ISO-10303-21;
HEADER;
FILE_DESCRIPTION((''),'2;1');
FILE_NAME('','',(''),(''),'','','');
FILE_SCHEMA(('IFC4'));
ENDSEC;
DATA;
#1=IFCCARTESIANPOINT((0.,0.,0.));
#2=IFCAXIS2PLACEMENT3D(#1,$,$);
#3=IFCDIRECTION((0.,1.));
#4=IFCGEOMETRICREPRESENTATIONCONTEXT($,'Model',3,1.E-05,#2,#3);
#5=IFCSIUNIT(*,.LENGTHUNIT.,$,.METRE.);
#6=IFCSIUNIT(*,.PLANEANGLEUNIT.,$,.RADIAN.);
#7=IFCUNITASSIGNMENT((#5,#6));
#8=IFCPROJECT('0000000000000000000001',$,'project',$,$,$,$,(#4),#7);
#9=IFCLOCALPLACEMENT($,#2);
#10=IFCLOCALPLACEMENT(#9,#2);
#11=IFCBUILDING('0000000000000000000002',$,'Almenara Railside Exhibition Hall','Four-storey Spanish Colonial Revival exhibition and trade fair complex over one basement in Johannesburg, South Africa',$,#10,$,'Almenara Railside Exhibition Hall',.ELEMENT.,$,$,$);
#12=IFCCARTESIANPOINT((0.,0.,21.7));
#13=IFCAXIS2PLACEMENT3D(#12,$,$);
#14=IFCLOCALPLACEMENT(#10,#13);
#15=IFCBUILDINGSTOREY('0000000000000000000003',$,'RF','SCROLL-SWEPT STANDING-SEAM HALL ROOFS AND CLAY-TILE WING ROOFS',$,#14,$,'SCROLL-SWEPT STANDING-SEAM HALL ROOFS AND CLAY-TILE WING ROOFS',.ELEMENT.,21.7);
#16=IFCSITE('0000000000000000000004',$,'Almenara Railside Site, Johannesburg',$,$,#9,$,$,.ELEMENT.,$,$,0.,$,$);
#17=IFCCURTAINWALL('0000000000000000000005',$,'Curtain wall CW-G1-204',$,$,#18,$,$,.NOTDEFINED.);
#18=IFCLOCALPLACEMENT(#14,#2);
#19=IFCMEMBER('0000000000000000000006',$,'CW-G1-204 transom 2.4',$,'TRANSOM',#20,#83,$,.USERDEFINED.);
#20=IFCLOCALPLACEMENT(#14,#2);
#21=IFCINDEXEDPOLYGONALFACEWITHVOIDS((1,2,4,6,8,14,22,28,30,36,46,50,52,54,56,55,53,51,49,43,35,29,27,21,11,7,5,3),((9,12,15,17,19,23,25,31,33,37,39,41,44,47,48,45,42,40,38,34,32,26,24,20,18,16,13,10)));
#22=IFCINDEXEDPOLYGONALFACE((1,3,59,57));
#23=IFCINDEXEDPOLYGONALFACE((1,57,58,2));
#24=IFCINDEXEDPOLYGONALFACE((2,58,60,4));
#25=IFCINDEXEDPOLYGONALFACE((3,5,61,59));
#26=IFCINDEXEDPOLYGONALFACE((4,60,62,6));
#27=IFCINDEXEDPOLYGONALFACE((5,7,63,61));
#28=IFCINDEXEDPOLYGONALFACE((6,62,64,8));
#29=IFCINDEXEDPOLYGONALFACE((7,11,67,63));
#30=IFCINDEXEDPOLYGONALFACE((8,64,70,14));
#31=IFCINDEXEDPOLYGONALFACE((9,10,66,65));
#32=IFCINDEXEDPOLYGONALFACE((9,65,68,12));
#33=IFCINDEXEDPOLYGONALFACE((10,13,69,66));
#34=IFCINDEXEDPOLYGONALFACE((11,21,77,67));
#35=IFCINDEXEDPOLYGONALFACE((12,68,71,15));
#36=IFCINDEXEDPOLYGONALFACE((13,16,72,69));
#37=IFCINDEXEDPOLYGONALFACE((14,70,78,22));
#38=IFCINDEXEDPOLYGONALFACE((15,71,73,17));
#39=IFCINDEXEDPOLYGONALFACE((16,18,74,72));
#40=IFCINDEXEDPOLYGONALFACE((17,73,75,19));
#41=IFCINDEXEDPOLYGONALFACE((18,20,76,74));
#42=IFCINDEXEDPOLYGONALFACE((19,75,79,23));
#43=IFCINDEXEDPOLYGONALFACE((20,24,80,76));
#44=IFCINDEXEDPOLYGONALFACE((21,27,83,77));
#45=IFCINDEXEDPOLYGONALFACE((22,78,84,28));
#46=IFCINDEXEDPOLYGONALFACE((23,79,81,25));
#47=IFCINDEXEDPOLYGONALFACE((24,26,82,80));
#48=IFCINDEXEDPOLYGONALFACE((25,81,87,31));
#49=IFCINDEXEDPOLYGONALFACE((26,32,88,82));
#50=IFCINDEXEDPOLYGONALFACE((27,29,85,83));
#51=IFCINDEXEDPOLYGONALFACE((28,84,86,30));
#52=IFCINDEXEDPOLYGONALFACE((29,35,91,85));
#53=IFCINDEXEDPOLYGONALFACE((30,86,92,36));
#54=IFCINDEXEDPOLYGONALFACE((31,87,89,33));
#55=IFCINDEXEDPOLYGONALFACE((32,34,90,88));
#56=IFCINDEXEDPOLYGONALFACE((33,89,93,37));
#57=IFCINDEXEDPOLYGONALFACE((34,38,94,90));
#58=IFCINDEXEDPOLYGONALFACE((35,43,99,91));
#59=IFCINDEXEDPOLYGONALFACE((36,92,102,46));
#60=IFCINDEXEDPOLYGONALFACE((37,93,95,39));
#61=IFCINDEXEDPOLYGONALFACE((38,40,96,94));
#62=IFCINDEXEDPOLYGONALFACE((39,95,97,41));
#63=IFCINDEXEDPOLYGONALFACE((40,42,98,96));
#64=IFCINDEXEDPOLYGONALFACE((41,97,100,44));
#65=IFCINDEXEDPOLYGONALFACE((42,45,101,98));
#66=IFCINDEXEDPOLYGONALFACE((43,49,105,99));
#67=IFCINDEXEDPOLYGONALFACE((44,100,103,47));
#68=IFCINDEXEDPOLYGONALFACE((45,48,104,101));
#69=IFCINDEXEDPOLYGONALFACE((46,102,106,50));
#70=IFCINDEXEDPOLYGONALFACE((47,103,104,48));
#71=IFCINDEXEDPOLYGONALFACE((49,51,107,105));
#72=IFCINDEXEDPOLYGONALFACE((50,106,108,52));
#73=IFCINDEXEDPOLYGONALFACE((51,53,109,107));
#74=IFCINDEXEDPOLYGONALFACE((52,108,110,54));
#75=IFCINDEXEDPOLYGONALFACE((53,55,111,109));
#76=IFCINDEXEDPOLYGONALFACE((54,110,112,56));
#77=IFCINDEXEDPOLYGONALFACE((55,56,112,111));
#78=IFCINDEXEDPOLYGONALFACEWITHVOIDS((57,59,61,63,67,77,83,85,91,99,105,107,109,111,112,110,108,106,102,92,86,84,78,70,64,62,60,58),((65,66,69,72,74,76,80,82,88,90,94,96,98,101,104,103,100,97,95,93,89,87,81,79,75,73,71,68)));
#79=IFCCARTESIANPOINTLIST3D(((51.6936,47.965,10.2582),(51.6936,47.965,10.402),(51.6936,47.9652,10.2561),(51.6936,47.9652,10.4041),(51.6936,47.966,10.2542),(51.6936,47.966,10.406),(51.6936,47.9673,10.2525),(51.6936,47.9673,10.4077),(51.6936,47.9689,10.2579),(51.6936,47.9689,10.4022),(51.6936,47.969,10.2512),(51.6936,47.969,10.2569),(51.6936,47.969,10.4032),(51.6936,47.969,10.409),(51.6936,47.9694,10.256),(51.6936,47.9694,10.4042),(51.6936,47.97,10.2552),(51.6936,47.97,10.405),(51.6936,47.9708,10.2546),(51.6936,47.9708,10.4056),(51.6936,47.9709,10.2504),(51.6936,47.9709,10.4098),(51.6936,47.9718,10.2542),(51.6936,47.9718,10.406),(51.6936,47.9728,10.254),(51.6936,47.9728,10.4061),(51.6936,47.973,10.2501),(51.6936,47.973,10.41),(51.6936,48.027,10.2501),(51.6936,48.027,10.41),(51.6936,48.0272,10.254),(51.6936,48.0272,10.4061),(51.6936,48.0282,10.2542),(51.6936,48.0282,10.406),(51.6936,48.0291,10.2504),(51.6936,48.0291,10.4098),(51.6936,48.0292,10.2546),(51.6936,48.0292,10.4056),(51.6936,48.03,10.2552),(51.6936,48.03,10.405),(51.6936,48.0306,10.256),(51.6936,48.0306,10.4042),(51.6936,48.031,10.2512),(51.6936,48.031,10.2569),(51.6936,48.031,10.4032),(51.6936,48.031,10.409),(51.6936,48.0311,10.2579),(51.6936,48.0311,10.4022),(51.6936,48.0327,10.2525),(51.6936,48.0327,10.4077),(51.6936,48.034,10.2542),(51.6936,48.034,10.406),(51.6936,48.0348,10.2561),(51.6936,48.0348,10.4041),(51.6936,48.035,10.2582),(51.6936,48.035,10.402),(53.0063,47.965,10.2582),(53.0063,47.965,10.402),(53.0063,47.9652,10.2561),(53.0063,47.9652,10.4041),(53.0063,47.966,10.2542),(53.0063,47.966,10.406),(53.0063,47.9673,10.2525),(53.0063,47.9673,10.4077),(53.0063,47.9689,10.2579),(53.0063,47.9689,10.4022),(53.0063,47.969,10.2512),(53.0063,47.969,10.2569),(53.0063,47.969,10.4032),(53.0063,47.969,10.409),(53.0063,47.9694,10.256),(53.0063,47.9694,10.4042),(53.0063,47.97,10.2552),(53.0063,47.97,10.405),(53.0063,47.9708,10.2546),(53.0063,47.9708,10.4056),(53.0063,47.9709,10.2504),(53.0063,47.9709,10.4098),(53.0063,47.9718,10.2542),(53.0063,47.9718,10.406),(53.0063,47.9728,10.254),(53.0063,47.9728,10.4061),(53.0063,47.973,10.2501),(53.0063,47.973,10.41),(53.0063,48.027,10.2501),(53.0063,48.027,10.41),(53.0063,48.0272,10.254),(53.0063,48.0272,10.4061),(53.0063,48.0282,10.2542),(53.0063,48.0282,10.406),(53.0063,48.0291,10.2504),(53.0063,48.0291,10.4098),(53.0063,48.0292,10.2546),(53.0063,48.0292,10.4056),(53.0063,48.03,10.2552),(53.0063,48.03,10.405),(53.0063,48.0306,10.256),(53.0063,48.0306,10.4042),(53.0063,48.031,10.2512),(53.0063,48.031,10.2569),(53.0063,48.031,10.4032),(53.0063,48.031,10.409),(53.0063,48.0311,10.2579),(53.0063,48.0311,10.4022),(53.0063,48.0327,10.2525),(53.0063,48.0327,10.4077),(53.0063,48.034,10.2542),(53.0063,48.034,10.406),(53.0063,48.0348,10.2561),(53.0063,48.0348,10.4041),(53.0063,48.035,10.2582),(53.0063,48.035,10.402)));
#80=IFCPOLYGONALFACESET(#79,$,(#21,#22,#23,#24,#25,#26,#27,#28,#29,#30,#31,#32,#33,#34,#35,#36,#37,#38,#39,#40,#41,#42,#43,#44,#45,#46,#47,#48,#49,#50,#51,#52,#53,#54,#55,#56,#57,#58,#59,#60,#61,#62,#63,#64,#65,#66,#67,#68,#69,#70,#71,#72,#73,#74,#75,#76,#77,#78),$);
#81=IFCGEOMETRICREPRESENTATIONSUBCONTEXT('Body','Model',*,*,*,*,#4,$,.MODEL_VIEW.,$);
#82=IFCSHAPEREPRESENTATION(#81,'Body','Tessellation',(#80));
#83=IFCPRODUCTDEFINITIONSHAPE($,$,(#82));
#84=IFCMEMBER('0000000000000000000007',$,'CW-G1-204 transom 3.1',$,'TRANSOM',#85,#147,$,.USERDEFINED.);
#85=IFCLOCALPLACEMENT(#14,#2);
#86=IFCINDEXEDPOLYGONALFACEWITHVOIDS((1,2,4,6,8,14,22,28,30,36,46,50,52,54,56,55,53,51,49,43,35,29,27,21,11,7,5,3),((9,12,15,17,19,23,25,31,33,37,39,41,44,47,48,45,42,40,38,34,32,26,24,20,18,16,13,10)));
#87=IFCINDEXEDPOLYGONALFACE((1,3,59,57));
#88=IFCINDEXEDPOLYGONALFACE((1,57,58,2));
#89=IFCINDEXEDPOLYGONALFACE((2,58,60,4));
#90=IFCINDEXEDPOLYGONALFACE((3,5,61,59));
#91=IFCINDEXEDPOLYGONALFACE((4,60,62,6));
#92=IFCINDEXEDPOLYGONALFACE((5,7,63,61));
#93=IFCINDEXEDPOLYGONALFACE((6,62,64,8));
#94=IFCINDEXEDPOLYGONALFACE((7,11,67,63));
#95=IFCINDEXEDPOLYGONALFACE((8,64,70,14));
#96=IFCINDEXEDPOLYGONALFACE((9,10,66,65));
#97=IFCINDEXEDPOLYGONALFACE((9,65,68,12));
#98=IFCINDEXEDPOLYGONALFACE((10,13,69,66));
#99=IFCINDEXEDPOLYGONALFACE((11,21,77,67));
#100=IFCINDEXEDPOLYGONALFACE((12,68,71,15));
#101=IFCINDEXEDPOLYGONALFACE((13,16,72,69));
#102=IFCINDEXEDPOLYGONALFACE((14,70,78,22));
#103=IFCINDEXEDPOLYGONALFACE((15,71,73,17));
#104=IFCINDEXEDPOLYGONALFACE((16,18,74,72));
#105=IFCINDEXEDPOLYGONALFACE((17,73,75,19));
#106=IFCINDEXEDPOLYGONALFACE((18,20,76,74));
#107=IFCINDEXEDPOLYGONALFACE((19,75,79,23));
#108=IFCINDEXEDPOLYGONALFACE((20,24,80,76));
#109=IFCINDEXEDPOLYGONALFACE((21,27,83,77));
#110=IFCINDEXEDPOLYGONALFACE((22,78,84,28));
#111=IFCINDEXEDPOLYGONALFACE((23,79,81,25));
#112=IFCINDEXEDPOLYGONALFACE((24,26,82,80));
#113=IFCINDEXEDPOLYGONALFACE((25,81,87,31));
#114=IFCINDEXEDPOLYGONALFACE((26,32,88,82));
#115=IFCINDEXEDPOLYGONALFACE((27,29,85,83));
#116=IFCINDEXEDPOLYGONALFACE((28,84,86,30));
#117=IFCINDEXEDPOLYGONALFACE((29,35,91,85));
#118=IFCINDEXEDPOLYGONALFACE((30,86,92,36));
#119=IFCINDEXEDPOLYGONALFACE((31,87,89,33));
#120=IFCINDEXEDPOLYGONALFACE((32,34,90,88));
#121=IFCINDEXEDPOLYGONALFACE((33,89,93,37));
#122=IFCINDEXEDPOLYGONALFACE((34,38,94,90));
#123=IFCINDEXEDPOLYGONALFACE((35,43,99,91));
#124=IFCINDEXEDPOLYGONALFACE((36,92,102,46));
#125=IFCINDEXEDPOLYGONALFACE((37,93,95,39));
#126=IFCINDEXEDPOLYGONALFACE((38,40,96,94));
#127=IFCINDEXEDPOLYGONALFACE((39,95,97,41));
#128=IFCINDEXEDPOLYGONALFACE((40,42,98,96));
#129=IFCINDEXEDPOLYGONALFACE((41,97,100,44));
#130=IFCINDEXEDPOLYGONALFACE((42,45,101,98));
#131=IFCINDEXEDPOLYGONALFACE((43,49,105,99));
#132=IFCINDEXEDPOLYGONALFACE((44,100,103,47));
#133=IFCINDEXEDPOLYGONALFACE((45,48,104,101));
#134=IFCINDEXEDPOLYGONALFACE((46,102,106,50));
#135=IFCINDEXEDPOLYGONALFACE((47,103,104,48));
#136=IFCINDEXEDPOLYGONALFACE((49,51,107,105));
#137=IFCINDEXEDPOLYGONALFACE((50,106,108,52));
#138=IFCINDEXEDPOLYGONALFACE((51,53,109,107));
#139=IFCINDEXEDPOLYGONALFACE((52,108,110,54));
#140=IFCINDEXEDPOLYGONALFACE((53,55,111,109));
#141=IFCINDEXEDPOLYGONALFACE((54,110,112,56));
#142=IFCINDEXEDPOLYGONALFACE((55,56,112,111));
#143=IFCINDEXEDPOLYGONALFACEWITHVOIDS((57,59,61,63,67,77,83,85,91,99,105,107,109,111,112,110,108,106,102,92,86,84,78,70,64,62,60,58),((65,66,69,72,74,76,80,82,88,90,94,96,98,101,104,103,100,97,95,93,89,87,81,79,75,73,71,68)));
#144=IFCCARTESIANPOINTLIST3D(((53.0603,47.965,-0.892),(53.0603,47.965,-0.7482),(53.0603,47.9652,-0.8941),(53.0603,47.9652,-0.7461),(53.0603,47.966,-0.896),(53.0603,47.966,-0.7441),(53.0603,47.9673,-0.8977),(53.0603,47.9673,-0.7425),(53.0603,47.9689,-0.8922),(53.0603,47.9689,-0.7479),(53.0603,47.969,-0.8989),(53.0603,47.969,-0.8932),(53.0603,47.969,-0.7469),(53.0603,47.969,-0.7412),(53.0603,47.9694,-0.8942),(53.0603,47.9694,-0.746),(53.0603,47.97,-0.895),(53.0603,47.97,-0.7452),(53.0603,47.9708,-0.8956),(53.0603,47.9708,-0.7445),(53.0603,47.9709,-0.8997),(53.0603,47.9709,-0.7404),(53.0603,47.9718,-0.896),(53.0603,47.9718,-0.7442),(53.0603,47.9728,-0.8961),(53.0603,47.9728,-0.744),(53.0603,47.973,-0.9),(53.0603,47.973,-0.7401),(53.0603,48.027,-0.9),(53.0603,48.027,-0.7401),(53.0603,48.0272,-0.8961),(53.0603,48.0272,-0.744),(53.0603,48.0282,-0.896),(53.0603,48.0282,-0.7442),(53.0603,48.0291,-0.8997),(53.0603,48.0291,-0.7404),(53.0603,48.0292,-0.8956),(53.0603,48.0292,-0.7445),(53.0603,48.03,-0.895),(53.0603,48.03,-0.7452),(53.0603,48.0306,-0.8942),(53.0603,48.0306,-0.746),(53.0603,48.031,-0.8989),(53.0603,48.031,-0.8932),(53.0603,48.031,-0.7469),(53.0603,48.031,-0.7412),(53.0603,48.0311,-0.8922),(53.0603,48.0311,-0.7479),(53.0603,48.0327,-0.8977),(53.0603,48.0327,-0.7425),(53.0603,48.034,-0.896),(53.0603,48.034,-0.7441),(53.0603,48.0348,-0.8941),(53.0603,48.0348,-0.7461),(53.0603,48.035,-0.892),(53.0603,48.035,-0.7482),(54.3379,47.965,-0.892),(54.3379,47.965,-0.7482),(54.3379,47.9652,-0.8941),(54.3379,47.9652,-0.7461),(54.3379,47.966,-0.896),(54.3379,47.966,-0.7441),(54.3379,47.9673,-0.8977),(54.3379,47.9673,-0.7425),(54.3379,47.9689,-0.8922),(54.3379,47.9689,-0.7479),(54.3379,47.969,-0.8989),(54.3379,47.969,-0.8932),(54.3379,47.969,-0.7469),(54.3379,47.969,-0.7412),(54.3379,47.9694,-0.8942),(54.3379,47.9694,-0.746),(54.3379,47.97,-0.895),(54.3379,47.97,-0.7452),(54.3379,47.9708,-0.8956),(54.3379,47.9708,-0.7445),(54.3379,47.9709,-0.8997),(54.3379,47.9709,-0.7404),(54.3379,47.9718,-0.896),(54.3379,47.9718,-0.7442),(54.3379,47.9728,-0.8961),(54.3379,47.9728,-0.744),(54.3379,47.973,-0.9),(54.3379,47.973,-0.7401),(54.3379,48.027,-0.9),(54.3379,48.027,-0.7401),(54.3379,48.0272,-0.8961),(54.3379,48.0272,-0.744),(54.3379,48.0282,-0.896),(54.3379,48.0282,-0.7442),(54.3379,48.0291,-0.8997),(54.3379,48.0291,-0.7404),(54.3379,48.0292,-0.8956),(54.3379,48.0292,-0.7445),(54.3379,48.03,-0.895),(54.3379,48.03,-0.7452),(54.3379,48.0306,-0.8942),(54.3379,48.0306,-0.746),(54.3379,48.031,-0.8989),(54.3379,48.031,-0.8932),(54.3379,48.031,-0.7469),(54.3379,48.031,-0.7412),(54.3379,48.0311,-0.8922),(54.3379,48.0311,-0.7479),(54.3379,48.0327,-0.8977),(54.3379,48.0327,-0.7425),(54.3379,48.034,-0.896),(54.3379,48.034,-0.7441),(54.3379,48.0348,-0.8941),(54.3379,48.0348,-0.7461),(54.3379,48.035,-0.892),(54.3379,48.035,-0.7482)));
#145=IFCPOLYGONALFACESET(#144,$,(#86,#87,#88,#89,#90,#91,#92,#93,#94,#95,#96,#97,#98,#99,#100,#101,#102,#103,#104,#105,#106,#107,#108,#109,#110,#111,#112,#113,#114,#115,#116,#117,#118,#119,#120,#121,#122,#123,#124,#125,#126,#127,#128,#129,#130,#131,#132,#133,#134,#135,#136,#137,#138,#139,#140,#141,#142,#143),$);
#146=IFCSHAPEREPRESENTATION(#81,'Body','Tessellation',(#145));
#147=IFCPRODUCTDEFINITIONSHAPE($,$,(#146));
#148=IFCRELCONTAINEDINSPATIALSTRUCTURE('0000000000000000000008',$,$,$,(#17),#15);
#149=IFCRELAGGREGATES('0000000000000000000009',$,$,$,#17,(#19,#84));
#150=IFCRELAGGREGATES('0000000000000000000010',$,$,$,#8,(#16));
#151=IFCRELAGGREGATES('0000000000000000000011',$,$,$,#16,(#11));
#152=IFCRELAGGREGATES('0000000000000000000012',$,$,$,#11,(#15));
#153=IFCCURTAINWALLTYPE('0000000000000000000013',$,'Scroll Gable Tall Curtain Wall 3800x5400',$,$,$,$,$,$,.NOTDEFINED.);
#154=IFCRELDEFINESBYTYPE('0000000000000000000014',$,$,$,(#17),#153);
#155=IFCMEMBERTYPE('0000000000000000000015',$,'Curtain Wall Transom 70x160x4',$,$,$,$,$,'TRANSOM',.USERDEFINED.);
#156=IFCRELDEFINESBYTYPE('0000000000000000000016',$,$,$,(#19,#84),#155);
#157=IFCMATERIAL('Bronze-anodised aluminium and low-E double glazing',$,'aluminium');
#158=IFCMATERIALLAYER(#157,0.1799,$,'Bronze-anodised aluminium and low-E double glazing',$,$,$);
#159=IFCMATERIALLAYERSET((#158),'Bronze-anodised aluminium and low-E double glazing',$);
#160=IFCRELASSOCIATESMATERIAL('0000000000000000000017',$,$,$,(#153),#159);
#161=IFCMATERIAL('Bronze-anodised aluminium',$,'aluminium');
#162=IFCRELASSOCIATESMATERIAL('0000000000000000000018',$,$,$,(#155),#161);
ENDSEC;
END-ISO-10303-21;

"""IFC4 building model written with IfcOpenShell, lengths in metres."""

from ifc_helpers import new_model, si_unit, direction, frame, origin, origin_2d, place, context, subcontext, project, spatial, hollow_rectangle, extrude, material, layer, layer_set, material_profile, profile_set, type_object, element, aggregate, save


model = new_model("IFC4")

# Units and contexts
model_context = context("Model", 3, precision=1e-05, world=origin(), true_north=direction((0.0, 1.0)))
body_context = subcontext(model_context, "Body", "Model", "MODEL_VIEW")
ifc_project = project(units=[si_unit("LENGTHUNIT", "METRE"), si_unit("PLANEANGLEUNIT", "RADIAN")], contexts=[model_context])

# Site, building, storey
site_placement = place(None, origin())
site = spatial("IfcSite", under=ifc_project, at=site_placement, Name="Almenara Railside Site, Johannesburg", CompositionType="ELEMENT", RefElevation=0.0)
building_placement = place(site_placement, origin())
building = spatial("IfcBuilding", under=site, at=building_placement, Name="Almenara Railside Exhibition Hall", Description="Four-storey Spanish Colonial Revival exhibition and trade fair complex over one basement in Johannesburg, South Africa", LongName="Almenara Railside Exhibition Hall", CompositionType="ELEMENT")
storey_placement = place(building_placement, frame((0.0, 0.0, 21.7)))
storey = spatial("IfcBuildingStorey", under=building, at=storey_placement, Name="RF", Description="SCROLL-SWEPT STANDING-SEAM HALL ROOFS AND CLAY-TILE WING ROOFS", LongName="SCROLL-SWEPT STANDING-SEAM HALL ROOFS AND CLAY-TILE WING ROOFS", CompositionType="ELEMENT", Elevation=21.7)

# Shared definitions
ifc_material_1 = material(Name="Bronze-anodised aluminium and low-E double glazing", Category="aluminium")
ifc_layer_1 = layer(ifc_material_1, 0.1799, Name="Bronze-anodised aluminium and low-E double glazing")
ifc_layer_set_1 = layer_set([ifc_layer_1], Name="Bronze-anodised aluminium and low-E double glazing")
curtain_wall_type = type_object("IfcCurtainWallType", Name="Scroll Gable Tall Curtain Wall 3800x5400", PredefinedType="NOTDEFINED", material=ifc_layer_set_1)
ifc_material_2 = material(Name="Bronze-anodised aluminium", Category="aluminium")

# Curtain wall, members
curtain_wall_1_placement = place(storey_placement, origin())
curtain_wall_1 = element("IfcCurtainWall", 1, at=curtain_wall_1_placement, inside=storey, type_object=curtain_wall_type, Name="Curtain wall CW-G1-204", PredefinedType="NOTDEFINED")
ifc_material_profile_1 = material_profile(ifc_material_2, hollow_rectangle(XDim=0.0701, YDim=0.1599, WallThickness=0.0039, InnerFilletRadius=0.0039, OuterFilletRadius=0.0081, at=origin_2d()), Name="ALU-TRN 70x160x4")
ifc_profile_set_1 = profile_set([ifc_material_profile_1], Name="Bronze-anodised aluminium")
member_type_1 = type_object("IfcMemberType", Name="Curtain Wall Transom 70x160x4", ElementType="TRANSOM", PredefinedType="USERDEFINED", material=ifc_profile_set_1)
member_1_placement = place(storey_placement, frame((51.6936, 48.0, 10.3301), z_axis=(1.0, 0.0, 0.0), x_axis=(0.0, 1.0, 0.0)))
member_1 = element("IfcMember", 2, at=member_1_placement, type_object=member_type_1, Name="CW-G1-204 transom 2.4", ObjectType="TRANSOM", PredefinedType="USERDEFINED", context=body_context, shape_type="SweptSolid", body=[
    extrude(hollow_rectangle(XDim=0.0701, YDim=0.1599, WallThickness=0.0039, InnerFilletRadius=0.0039, OuterFilletRadius=0.0081, at=origin_2d()), origin(), (0.0, 0.0, 1.0), 1.3127),
])
member_2_placement = place(storey_placement, frame((53.0603, 48.0, -0.8201), z_axis=(1.0, 0.0, 0.0), x_axis=(0.0, 1.0, 0.0)))
member_2 = element("IfcMember", 3, at=member_2_placement, type_object=member_type_1, Name="CW-G1-204 transom 3.1", ObjectType="TRANSOM", PredefinedType="USERDEFINED", context=body_context, shape_type="SweptSolid", body=[
    extrude(hollow_rectangle(XDim=0.0701, YDim=0.1599, WallThickness=0.0039, InnerFilletRadius=0.0039, OuterFilletRadius=0.0081, at=origin_2d()), origin(), (0.0, 0.0, 1.0), 1.2776),
])

aggregate(curtain_wall_1, [member_1, member_2])

save(model, "model.ifc")
